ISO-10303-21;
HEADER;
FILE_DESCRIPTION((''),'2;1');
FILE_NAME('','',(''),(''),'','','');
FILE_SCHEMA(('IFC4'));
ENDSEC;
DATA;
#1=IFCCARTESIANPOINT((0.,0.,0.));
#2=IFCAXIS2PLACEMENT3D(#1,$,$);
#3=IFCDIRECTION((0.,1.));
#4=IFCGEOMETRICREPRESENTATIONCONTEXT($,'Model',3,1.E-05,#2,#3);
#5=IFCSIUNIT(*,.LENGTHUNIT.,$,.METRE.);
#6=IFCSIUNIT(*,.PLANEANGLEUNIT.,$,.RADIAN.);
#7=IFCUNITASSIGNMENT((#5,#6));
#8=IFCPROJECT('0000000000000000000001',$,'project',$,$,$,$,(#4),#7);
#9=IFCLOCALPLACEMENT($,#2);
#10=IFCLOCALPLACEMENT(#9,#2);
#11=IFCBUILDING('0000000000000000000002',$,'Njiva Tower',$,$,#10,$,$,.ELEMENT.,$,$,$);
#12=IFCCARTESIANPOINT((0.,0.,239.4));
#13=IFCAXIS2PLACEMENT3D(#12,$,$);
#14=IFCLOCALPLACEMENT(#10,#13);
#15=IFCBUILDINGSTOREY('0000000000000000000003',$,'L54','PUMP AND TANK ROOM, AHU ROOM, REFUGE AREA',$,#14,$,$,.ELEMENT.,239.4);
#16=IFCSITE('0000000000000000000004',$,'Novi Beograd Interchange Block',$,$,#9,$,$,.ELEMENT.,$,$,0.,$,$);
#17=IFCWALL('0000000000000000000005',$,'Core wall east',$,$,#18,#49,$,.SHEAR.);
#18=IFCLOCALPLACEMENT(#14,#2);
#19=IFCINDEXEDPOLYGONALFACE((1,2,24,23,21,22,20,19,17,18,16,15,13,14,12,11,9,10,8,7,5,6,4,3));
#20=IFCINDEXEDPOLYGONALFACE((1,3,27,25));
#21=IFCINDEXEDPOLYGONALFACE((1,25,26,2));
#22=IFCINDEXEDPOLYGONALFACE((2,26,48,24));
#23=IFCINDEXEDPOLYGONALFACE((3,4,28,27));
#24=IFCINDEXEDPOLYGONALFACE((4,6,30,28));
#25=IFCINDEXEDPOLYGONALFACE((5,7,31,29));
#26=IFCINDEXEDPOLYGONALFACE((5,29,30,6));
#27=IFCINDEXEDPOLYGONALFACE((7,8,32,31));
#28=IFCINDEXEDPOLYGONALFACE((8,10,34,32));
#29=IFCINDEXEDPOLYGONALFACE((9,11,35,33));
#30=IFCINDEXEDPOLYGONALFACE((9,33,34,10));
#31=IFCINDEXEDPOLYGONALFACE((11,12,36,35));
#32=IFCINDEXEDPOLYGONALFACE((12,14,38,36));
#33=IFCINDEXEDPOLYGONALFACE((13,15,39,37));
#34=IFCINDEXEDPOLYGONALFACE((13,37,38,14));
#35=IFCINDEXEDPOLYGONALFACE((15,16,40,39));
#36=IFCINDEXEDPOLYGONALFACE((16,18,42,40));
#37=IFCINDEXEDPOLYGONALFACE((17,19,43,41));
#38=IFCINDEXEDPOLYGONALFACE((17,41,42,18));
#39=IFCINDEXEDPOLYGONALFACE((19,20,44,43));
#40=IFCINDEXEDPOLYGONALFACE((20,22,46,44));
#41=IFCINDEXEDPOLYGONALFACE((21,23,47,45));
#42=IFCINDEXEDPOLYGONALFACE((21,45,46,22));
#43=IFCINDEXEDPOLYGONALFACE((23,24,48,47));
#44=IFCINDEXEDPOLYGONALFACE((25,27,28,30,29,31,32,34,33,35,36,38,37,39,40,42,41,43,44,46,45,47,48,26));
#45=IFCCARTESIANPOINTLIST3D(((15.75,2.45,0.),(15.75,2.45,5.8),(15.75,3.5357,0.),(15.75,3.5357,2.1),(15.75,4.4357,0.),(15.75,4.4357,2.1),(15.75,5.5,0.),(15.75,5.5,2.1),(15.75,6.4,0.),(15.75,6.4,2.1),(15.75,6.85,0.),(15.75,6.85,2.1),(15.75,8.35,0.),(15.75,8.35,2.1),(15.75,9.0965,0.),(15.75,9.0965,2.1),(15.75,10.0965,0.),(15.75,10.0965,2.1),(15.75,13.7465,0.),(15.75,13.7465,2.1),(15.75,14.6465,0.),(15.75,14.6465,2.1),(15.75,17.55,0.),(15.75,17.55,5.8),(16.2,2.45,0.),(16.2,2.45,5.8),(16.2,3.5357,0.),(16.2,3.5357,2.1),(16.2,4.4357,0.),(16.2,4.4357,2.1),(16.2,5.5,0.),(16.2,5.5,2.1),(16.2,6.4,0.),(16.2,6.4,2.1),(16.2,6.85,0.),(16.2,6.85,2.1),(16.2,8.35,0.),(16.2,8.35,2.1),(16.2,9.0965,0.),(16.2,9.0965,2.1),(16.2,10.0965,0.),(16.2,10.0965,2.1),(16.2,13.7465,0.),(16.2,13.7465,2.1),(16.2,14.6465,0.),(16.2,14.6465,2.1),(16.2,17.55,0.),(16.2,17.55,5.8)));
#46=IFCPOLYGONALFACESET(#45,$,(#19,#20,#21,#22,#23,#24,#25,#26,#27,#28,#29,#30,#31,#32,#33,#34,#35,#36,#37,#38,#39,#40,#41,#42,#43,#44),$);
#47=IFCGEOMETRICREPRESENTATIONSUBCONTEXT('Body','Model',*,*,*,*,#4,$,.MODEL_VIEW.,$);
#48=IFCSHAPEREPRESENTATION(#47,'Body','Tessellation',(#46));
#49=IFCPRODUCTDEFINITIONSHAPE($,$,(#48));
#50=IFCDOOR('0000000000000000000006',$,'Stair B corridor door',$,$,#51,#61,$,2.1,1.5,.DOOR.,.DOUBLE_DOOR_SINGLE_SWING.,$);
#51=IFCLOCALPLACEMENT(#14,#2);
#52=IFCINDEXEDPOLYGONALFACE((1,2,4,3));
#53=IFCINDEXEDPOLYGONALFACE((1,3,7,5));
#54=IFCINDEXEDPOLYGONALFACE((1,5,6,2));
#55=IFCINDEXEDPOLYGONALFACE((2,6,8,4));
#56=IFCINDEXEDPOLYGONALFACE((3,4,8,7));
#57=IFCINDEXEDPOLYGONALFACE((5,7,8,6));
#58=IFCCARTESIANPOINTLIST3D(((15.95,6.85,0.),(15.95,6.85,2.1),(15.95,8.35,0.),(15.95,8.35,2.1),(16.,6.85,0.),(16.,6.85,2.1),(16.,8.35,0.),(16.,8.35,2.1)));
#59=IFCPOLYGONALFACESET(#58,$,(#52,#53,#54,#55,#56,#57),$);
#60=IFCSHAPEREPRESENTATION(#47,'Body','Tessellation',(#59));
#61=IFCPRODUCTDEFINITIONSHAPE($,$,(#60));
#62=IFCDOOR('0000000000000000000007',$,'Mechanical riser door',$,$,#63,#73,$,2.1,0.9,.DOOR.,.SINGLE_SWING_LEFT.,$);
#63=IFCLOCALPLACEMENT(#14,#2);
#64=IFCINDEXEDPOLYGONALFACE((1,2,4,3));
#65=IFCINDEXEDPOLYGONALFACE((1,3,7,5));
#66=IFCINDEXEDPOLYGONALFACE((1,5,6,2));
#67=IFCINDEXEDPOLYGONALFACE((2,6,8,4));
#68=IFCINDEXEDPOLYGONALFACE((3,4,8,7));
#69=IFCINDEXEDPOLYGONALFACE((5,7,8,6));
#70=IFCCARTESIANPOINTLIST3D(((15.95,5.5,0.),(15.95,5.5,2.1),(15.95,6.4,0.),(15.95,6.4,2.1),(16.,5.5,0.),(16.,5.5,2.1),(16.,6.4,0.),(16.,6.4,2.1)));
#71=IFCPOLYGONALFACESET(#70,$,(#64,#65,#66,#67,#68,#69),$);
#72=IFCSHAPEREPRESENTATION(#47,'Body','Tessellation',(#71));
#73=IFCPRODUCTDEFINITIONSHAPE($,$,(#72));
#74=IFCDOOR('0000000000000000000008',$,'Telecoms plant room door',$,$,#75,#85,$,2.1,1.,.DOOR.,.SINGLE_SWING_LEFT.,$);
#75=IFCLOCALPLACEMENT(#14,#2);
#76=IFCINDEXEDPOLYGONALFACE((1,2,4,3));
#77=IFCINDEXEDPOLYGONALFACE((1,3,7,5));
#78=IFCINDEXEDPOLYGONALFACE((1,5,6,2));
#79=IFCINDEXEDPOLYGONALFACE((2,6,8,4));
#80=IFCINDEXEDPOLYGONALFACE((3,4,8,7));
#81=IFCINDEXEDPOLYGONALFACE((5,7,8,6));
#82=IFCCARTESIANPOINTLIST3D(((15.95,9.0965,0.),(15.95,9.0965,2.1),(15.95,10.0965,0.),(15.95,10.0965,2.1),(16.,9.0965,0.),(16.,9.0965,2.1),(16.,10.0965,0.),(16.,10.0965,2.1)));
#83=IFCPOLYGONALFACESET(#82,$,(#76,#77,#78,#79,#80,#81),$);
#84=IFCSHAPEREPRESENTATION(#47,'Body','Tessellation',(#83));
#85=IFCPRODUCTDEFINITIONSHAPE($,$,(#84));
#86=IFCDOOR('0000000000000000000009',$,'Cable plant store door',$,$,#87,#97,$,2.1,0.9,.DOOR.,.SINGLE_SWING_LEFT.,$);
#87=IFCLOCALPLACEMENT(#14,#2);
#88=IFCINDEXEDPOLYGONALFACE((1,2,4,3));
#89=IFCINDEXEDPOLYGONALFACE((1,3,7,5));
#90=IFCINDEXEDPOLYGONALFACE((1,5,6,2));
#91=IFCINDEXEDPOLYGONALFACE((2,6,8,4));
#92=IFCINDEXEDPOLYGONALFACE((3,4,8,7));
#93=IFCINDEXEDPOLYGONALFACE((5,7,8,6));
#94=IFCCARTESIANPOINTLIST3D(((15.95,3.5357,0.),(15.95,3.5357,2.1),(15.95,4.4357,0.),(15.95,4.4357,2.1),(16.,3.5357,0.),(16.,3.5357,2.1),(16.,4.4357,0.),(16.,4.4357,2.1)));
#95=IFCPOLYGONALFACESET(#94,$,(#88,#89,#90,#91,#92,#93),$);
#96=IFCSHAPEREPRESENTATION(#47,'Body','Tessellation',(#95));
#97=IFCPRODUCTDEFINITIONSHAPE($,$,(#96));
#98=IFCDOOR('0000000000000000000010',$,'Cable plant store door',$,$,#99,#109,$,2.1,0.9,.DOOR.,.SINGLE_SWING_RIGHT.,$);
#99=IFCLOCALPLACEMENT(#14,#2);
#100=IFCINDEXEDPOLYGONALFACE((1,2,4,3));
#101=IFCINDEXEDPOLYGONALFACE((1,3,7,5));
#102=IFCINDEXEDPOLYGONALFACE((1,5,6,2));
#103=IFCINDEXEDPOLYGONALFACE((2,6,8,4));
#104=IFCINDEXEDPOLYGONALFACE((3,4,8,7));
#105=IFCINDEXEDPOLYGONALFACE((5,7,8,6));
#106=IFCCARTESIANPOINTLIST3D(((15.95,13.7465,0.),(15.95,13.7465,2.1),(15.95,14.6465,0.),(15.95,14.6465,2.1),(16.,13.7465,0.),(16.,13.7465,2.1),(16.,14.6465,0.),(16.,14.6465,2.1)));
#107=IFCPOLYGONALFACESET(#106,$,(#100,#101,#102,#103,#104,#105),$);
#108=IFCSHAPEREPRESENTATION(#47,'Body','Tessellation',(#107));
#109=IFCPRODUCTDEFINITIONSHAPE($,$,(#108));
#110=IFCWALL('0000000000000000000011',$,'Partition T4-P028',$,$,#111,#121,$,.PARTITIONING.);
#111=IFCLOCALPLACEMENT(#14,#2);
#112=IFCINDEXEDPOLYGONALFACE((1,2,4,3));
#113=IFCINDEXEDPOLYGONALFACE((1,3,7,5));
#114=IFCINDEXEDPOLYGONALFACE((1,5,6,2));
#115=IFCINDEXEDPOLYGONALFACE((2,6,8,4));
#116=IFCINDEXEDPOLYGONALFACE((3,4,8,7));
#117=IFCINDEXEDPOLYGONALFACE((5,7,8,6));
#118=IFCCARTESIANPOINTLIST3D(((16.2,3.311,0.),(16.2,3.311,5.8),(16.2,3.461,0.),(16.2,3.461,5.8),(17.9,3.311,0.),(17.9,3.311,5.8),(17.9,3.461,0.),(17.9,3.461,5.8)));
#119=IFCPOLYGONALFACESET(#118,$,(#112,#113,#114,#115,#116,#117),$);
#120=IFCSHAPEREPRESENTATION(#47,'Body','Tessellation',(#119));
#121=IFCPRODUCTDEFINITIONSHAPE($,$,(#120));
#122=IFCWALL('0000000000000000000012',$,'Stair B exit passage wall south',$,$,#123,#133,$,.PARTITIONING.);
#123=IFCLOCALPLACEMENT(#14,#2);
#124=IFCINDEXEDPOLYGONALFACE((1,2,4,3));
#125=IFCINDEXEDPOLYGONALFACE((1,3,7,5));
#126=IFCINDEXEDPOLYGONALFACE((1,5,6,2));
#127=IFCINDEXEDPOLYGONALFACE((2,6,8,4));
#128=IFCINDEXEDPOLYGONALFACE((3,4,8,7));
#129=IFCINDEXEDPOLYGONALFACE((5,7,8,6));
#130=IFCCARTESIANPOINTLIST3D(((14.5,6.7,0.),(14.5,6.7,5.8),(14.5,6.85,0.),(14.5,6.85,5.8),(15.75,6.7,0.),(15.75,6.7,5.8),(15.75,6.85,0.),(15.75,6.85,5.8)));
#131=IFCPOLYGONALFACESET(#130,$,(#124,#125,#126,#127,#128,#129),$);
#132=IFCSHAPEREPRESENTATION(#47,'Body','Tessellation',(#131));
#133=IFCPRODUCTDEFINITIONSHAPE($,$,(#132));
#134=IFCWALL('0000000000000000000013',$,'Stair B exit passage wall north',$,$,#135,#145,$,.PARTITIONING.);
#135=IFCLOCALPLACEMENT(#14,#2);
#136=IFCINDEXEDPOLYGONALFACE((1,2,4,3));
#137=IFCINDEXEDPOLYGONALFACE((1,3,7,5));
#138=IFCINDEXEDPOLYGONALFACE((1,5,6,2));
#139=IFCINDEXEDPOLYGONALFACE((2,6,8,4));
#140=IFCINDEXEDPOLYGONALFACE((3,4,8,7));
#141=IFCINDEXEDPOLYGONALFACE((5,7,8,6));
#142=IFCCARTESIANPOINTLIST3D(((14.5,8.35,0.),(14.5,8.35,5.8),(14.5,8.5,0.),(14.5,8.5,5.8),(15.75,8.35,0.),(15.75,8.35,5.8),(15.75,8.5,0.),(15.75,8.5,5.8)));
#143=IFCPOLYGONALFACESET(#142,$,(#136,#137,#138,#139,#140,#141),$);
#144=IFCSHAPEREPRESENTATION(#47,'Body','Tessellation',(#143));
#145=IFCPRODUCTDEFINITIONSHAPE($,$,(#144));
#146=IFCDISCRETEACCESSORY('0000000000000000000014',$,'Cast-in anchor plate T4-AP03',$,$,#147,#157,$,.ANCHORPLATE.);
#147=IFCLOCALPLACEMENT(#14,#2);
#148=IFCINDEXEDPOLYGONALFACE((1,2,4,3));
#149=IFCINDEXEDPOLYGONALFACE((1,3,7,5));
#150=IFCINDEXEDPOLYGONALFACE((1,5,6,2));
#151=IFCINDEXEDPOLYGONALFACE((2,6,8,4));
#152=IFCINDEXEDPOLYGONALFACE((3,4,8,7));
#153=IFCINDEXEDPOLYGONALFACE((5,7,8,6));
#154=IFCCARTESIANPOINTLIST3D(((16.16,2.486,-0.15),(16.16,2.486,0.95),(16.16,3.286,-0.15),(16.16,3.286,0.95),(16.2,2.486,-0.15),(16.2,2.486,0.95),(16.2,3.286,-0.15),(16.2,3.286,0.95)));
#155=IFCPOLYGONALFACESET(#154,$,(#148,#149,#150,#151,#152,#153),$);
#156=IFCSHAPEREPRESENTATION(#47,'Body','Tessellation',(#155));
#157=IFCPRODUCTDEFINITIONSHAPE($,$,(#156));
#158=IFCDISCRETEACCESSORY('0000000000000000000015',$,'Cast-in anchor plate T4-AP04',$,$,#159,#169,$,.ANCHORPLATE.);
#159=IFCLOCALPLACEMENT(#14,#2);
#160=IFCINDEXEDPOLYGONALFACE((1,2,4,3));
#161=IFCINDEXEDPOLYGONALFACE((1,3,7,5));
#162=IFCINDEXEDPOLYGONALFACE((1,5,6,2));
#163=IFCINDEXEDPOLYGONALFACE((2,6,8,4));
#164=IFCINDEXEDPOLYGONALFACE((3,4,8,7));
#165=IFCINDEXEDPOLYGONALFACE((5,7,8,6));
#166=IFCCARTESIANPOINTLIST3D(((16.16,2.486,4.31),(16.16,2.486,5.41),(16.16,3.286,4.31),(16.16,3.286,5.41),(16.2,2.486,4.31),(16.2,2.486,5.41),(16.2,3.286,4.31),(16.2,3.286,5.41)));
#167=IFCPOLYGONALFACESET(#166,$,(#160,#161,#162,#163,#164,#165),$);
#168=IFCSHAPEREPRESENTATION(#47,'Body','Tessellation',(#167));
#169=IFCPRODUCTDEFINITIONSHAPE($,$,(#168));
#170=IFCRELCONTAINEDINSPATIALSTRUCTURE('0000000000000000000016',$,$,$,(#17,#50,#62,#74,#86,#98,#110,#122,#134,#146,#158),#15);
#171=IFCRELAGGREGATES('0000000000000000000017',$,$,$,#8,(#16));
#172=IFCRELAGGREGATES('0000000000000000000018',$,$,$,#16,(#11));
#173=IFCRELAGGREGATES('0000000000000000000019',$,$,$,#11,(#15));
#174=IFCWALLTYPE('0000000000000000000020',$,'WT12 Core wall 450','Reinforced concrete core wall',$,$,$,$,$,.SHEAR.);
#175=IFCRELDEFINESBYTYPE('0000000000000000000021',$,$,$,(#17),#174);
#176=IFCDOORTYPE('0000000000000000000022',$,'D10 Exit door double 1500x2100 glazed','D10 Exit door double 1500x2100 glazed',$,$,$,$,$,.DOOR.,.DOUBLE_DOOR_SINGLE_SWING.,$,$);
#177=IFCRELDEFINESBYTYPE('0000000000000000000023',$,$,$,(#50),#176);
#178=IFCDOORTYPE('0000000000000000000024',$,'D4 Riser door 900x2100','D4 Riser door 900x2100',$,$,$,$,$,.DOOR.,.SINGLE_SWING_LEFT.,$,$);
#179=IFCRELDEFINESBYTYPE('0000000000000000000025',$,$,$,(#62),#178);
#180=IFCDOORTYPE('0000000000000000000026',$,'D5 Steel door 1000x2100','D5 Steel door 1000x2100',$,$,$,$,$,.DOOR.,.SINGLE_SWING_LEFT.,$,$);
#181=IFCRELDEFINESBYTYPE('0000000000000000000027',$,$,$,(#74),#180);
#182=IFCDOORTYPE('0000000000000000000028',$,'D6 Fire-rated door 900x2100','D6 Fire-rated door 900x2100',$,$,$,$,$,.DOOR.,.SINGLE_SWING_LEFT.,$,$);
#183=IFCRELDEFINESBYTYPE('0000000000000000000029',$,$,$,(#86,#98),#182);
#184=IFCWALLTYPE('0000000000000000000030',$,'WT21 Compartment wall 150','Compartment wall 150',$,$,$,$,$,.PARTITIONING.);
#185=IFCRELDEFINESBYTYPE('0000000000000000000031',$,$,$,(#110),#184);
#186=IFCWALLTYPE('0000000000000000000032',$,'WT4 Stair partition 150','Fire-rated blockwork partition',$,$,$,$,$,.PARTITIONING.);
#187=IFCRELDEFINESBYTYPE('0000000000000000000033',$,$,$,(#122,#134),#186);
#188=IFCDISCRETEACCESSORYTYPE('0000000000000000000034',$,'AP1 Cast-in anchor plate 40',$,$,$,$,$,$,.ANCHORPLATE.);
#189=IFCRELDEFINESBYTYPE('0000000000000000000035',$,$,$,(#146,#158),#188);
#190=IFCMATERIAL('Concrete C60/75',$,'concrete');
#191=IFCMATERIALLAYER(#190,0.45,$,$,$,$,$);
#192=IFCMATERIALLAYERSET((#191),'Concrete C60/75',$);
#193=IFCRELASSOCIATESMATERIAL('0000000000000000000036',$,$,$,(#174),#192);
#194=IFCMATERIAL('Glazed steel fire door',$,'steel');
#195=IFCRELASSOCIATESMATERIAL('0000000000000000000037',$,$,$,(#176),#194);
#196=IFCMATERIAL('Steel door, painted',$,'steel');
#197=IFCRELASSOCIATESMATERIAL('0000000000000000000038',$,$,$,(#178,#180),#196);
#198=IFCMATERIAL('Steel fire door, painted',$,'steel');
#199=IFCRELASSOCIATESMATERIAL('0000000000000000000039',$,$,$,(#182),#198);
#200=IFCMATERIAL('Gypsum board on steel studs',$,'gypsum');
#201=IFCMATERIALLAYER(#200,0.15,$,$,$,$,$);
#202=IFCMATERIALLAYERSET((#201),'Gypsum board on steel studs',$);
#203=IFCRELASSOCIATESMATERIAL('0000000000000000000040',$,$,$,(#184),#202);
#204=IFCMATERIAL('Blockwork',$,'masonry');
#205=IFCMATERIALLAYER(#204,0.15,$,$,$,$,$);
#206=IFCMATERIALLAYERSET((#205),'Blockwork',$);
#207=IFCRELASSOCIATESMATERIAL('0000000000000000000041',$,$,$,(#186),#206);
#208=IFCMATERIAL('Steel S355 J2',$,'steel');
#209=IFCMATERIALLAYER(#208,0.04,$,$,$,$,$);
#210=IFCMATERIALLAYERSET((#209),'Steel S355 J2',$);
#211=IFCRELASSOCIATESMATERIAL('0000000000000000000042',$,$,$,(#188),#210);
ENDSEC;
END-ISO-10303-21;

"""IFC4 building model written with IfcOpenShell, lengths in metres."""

from ifc_helpers import new_model, si_unit, direction, frame, frame_2d, origin, place, context, subcontext, project, spatial, polyline, rectangle, outline, extrude, material, layer, layer_set, type_object, element, fill, save


model = new_model("IFC4")

# Units and contexts
model_context = context("Model", 3, precision=1e-05, world=origin(), true_north=direction((0.0, 1.0)))
body_context = subcontext(model_context, "Body", "Model", "MODEL_VIEW")
ifc_project = project(units=[si_unit("LENGTHUNIT", "METRE"), si_unit("PLANEANGLEUNIT", "RADIAN")], contexts=[model_context])

# Site, building, storey
site_placement = place(None, origin())
site = spatial("IfcSite", under=ifc_project, at=site_placement, Name="Novi Beograd Interchange Block", CompositionType="ELEMENT", RefElevation=0.0)
building_placement = place(site_placement, origin())
building = spatial("IfcBuilding", under=site, at=building_placement, Name="Njiva Tower", CompositionType="ELEMENT")
storey_placement = place(building_placement, frame((0.0, 0.0, 239.4)))
storey = spatial("IfcBuildingStorey", under=building, at=storey_placement, Name="L54", Description="PUMP AND TANK ROOM, AHU ROOM, REFUGE AREA", CompositionType="ELEMENT", Elevation=239.4)

# Shared definitions
ifc_material_1 = material(Name="Steel S355 J2", Category="steel")

# Shared definitions
ifc_material_2 = material(Name="Blockwork", Category="masonry")

# Wall, openings, doors
ifc_material_3 = material(Name="Concrete C60/75", Category="concrete")
ifc_layer_1 = layer(ifc_material_3, 0.45)
ifc_layer_set_1 = layer_set([ifc_layer_1], Name="Concrete C60/75")
wall_type_1 = type_object("IfcWallType", Name="WT12 Core wall 450", Description="Reinforced concrete core wall", PredefinedType="SHEAR", material=ifc_layer_set_1)
wall_1_placement = place(storey_placement, frame((15.975, 2.45, 0.0), z_axis=(0.0, 0.0, 1.0), x_axis=(0.0, 1.0, 0.0)))
wall_1 = element("IfcWall", 1, at=wall_1_placement, inside=storey, type_object=wall_type_1, Name="Core wall east", PredefinedType="SHEAR", context=body_context, shape_type="SweptSolid", body=[
    extrude(rectangle(XDim=15.1, YDim=0.45, at=frame_2d((7.55, 0.0))), origin(), (0.0, 0.0, 1.0), 5.8),
])
opening_1_placement = place(wall_1_placement, frame((4.4, 0.0, 0.0)))
opening_1 = element("IfcOpeningElement", 2, at=opening_1_placement, cuts=wall_1, PredefinedType="OPENING", context=body_context, shape_type="SweptSolid", body=[
    extrude(rectangle(XDim=1.5, YDim=2.1, at=frame_2d((0.75, 1.05))), frame((0.0, 0.235, 0.0), z_axis=(0.0, -1.0, 0.0), x_axis=(1.0, 0.0, 0.0)), (0.0, 0.0, 1.0), 0.47),
])
opening_2_placement = place(wall_1_placement, frame((1.0857, 0.0, 0.0)))
opening_2 = element("IfcOpeningElement", 3, at=opening_2_placement, cuts=wall_1, PredefinedType="OPENING", context=body_context, shape_type="SweptSolid", body=[
    extrude(rectangle(XDim=0.9, YDim=2.1, at=frame_2d((0.45, 1.05))), frame((0.0, 0.235, 0.0), z_axis=(0.0, -1.0, 0.0), x_axis=(1.0, 0.0, 0.0)), (0.0, 0.0, 1.0), 0.47),
])
opening_3_placement = place(wall_1_placement, frame((3.05, 0.0, 0.0)))
opening_3 = element("IfcOpeningElement", 4, at=opening_3_placement, cuts=wall_1, PredefinedType="OPENING", context=body_context, shape_type="SweptSolid", body=[
    extrude(rectangle(XDim=0.9, YDim=2.1, at=frame_2d((0.45, 1.05))), frame((0.0, 0.235, 0.0), z_axis=(0.0, -1.0, 0.0), x_axis=(1.0, 0.0, 0.0)), (0.0, 0.0, 1.0), 0.47),
])
opening_4_placement = place(wall_1_placement, frame((6.6465, 0.0, 0.0)))
opening_4 = element("IfcOpeningElement", 5, at=opening_4_placement, cuts=wall_1, PredefinedType="OPENING", context=body_context, shape_type="SweptSolid", body=[
    extrude(rectangle(XDim=1.0, YDim=2.1, at=frame_2d((0.5, 1.05))), frame((0.0, 0.235, 0.0), z_axis=(0.0, -1.0, 0.0), x_axis=(1.0, 0.0, 0.0)), (0.0, 0.0, 1.0), 0.47),
])
opening_5_placement = place(wall_1_placement, frame((11.2965, 0.0, 0.0)))
opening_5 = element("IfcOpeningElement", 6, at=opening_5_placement, cuts=wall_1, PredefinedType="OPENING", context=body_context, shape_type="SweptSolid", body=[
    extrude(rectangle(XDim=0.9, YDim=2.1, at=frame_2d((0.45, 1.05))), frame((0.0, 0.235, 0.0), z_axis=(0.0, -1.0, 0.0), x_axis=(1.0, 0.0, 0.0)), (0.0, 0.0, 1.0), 0.47),
])
ifc_material_4 = material(Name="Glazed steel fire door", Category="steel")
door_type_1 = type_object("IfcDoorType", Name="D10 Exit door double 1500x2100 glazed", Description="D10 Exit door double 1500x2100 glazed", OperationType="DOUBLE_DOOR_SINGLE_SWING", PredefinedType="DOOR", material=ifc_material_4)
door_1_placement = place(opening_1_placement, origin())
door_1 = element("IfcDoor", 7, at=door_1_placement, inside=storey, type_object=door_type_1, Name="Stair B corridor door", OperationType="DOUBLE_DOOR_SINGLE_SWING", OverallHeight=2.1, OverallWidth=1.5, PredefinedType="DOOR", context=body_context, shape_type="SweptSolid", body=[
    extrude(rectangle(XDim=1.5, YDim=2.1, at=frame_2d((0.75, 1.05))), frame((0.0, 0.025, 0.0), z_axis=(0.0, -1.0, 0.0), x_axis=(1.0, 0.0, 0.0)), (0.0, 0.0, 1.0), 0.05),
])
fill(opening_1, door_1)
ifc_material_5 = material(Name="Steel door, painted", Category="steel")
door_type_2 = type_object("IfcDoorType", Name="D4 Riser door 900x2100", Description="D4 Riser door 900x2100", OperationType="SINGLE_SWING_LEFT", PredefinedType="DOOR", material=ifc_material_5)
door_2_placement = place(opening_3_placement, origin())
door_2 = element("IfcDoor", 8, at=door_2_placement, inside=storey, type_object=door_type_2, Name="Mechanical riser door", OperationType="SINGLE_SWING_LEFT", OverallHeight=2.1, OverallWidth=0.9, PredefinedType="DOOR", context=body_context, shape_type="SweptSolid", body=[
    extrude(rectangle(XDim=0.9, YDim=2.1, at=frame_2d((0.45, 1.05))), frame((0.0, 0.025, 0.0), z_axis=(0.0, -1.0, 0.0), x_axis=(1.0, 0.0, 0.0)), (0.0, 0.0, 1.0), 0.05),
])
fill(opening_3, door_2)
door_type_3 = type_object("IfcDoorType", Name="D5 Steel door 1000x2100", Description="D5 Steel door 1000x2100", OperationType="SINGLE_SWING_LEFT", PredefinedType="DOOR", material=ifc_material_5)
door_3_placement = place(opening_4_placement, origin())
door_3 = element("IfcDoor", 9, at=door_3_placement, inside=storey, type_object=door_type_3, Name="Telecoms plant room door", OperationType="SINGLE_SWING_LEFT", OverallHeight=2.1, OverallWidth=1.0, PredefinedType="DOOR", context=body_context, shape_type="SweptSolid", body=[
    extrude(rectangle(XDim=1.0, YDim=2.1, at=frame_2d((0.5, 1.05))), frame((0.0, 0.025, 0.0), z_axis=(0.0, -1.0, 0.0), x_axis=(1.0, 0.0, 0.0)), (0.0, 0.0, 1.0), 0.05),
])
fill(opening_4, door_3)
ifc_material_6 = material(Name="Steel fire door, painted", Category="steel")
door_type_4 = type_object("IfcDoorType", Name="D6 Fire-rated door 900x2100", Description="D6 Fire-rated door 900x2100", OperationType="SINGLE_SWING_LEFT", PredefinedType="DOOR", material=ifc_material_6)
door_4_placement = place(opening_2_placement, origin())
door_4 = element("IfcDoor", 10, at=door_4_placement, inside=storey, type_object=door_type_4, Name="Cable plant store door", OperationType="SINGLE_SWING_LEFT", OverallHeight=2.1, OverallWidth=0.9, PredefinedType="DOOR", context=body_context, shape_type="SweptSolid", body=[
    extrude(rectangle(XDim=0.9, YDim=2.1, at=frame_2d((0.45, 1.05))), frame((0.0, 0.025, 0.0), z_axis=(0.0, -1.0, 0.0), x_axis=(1.0, 0.0, 0.0)), (0.0, 0.0, 1.0), 0.05),
])
fill(opening_2, door_4)
door_5_placement = place(opening_5_placement, origin())
door_5 = element("IfcDoor", 11, at=door_5_placement, inside=storey, type_object=door_type_4, Name="Cable plant store door", OperationType="SINGLE_SWING_RIGHT", OverallHeight=2.1, OverallWidth=0.9, PredefinedType="DOOR", context=body_context, shape_type="SweptSolid", body=[
    extrude(rectangle(XDim=0.9, YDim=2.1, at=frame_2d((0.45, 1.05))), frame((0.0, 0.025, 0.0), z_axis=(0.0, -1.0, 0.0), x_axis=(1.0, 0.0, 0.0)), (0.0, 0.0, 1.0), 0.05),
])
fill(opening_5, door_5)

# Walls
ifc_material_7 = material(Name="Gypsum board on steel studs", Category="gypsum")
ifc_layer_2 = layer(ifc_material_7, 0.15)
ifc_layer_set_2 = layer_set([ifc_layer_2], Name="Gypsum board on steel studs")
wall_type_2 = type_object("IfcWallType", Name="WT21 Compartment wall 150", Description="Compartment wall 150", PredefinedType="PARTITIONING", material=ifc_layer_set_2)
wall_2_placement = place(storey_placement, frame((16.2, 3.386, 0.0), z_axis=(0.0, 0.0, 1.0), x_axis=(1.0, 0.0, 0.0)))
element("IfcWall", 12, at=wall_2_placement, inside=storey, type_object=wall_type_2, Name="Partition T4-P028", PredefinedType="PARTITIONING", context=body_context, shape_type="SweptSolid", body=[
    extrude(rectangle(XDim=1.7, YDim=0.15, at=frame_2d((0.85, 0.0))), origin(), (0.0, 0.0, 1.0), 5.8),
])
ifc_layer_3 = layer(ifc_material_2, 0.15)
ifc_layer_set_3 = layer_set([ifc_layer_3], Name="Blockwork")
wall_type_3 = type_object("IfcWallType", Name="WT4 Stair partition 150", Description="Fire-rated blockwork partition", PredefinedType="PARTITIONING", material=ifc_layer_set_3)
for number, where, z_axis, x_axis, name in (
    (13, (14.5, 6.775, 0.0), (0.0, 0.0, 1.0), (1.0, 0.0, 0.0), "Stair B exit passage wall south"),
    (14, (14.5, 8.425, 0.0), (0.0, 0.0, 1.0), (1.0, 0.0, 0.0), "Stair B exit passage wall north"),
):
    element("IfcWall", number, at=place(storey_placement, frame(where, z_axis=z_axis, x_axis=x_axis)), inside=storey, type_object=wall_type_3, Name=name, PredefinedType="PARTITIONING", context=body_context, shape_type="SweptSolid", body=[
        extrude(rectangle(XDim=1.25, YDim=0.15, at=frame_2d((0.625, 0.0))), origin(), (0.0, 0.0, 1.0), 5.8),
    ])

# Discrete accessories
ifc_layer_4 = layer(ifc_material_1, 0.04)
ifc_layer_set_4 = layer_set([ifc_layer_4], Name="Steel S355 J2")
discrete_accessory_type = type_object("IfcDiscreteAccessoryType", Name="AP1 Cast-in anchor plate 40", PredefinedType="ANCHORPLATE", material=ifc_layer_set_4)
for number, where, name in (
    (15, (16.18, 2.886, -0.15), "Cast-in anchor plate T4-AP03"),
    (16, (16.18, 2.886, 4.31), "Cast-in anchor plate T4-AP04"),
):
    element("IfcDiscreteAccessory", number, at=place(storey_placement, frame(where)), inside=storey, type_object=discrete_accessory_type, Name=name, PredefinedType="ANCHORPLATE", context=body_context, shape_type="SweptSolid", body=[
        extrude(outline(polyline([(0.02, 0.4), (-0.02, 0.4), (-0.02, -0.4), (0.02, -0.4), (0.02, 0.4)])), origin(), (0.0, 0.0, 1.0), 1.1),
    ])

save(model, "model.ifc")
